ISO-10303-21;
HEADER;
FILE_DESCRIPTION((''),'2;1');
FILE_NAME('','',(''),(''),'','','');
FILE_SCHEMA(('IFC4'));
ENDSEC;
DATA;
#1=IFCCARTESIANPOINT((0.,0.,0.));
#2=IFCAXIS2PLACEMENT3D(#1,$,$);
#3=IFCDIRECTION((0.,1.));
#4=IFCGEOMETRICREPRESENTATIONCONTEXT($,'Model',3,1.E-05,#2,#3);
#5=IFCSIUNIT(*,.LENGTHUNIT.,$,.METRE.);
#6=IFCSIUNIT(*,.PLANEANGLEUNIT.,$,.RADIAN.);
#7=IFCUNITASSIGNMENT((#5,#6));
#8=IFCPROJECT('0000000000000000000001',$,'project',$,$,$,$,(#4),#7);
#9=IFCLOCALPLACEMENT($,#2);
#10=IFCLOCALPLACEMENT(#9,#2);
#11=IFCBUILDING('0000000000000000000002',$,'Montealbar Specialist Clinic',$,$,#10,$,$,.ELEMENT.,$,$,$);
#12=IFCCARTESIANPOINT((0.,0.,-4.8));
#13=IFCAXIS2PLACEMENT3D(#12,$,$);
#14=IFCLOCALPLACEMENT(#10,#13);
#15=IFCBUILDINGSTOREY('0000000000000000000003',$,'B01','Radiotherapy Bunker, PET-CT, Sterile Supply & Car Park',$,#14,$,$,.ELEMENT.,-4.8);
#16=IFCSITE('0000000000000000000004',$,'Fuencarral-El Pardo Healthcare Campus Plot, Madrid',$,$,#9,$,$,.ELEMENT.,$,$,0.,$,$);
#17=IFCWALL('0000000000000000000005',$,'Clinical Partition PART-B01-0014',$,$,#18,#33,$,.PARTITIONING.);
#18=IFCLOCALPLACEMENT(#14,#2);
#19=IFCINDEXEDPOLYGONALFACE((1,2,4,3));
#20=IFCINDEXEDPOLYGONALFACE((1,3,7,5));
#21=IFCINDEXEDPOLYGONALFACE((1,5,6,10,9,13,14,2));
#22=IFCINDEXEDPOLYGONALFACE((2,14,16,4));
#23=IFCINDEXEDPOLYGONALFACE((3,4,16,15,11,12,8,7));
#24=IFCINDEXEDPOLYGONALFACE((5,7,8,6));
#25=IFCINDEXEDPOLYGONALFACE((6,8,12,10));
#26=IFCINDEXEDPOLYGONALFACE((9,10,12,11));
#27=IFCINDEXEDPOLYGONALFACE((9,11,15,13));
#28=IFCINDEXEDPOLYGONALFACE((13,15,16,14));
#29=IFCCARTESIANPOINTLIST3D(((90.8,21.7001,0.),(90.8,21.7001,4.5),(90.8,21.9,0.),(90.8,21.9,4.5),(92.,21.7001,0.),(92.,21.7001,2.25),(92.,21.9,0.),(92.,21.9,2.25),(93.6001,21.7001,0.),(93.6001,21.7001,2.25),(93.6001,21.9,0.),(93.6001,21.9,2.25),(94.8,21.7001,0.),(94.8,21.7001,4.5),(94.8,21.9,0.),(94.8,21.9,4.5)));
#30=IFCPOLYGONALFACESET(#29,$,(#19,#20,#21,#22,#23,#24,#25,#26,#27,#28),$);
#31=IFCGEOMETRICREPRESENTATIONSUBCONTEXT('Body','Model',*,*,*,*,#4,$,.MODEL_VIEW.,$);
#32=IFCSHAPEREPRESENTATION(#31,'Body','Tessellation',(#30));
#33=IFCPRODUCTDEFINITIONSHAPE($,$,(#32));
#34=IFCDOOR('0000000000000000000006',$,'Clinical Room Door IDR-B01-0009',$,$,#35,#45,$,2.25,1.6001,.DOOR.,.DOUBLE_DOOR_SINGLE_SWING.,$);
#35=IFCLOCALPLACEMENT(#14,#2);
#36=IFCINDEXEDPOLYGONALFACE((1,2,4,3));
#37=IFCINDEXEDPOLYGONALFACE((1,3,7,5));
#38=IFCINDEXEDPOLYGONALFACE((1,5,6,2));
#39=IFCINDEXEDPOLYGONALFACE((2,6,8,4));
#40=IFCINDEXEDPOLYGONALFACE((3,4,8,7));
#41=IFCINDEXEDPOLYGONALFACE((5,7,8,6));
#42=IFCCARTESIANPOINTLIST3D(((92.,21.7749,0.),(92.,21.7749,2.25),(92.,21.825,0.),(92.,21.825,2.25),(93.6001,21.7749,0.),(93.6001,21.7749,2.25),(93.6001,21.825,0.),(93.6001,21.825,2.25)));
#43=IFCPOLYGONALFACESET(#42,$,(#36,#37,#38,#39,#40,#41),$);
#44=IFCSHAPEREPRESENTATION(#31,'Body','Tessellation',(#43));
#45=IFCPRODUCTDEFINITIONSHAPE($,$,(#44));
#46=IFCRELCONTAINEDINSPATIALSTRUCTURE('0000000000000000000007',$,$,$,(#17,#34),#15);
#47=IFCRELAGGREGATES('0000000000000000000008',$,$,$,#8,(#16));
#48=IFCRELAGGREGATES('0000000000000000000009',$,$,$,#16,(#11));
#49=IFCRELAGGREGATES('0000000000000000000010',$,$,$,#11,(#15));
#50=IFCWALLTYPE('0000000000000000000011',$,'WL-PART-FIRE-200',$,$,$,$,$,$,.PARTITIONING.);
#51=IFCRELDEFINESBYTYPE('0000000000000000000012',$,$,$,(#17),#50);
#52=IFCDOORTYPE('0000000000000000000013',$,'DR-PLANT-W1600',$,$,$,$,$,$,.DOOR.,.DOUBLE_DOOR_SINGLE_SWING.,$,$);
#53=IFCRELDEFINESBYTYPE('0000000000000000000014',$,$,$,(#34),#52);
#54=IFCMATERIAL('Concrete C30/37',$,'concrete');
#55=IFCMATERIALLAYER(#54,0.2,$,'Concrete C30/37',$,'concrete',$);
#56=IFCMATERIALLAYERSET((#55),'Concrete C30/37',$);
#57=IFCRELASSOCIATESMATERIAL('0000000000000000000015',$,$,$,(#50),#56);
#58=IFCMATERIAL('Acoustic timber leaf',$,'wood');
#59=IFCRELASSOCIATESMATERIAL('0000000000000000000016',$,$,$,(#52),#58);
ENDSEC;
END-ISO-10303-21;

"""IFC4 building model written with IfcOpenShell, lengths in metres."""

from ifc_helpers import new_model, si_unit, direction, frame, frame_2d, origin, place, context, subcontext, project, spatial, rectangle, extrude, material, layer, layer_set, type_object, element, fill, save


model = new_model("IFC4")

# Units and contexts
model_context = context("Model", 3, precision=1e-05, world=origin(), true_north=direction((0.0, 1.0)))
body_context = subcontext(model_context, "Body", "Model", "MODEL_VIEW")
ifc_project = project(units=[si_unit("LENGTHUNIT", "METRE"), si_unit("PLANEANGLEUNIT", "RADIAN")], contexts=[model_context])

# Site, building, storey
site_placement = place(None, origin())
site = spatial("IfcSite", under=ifc_project, at=site_placement, Name="Fuencarral-El Pardo Healthcare Campus Plot, Madrid", CompositionType="ELEMENT", RefElevation=0.0)
building_placement = place(site_placement, origin())
building = spatial("IfcBuilding", under=site, at=building_placement, Name="Montealbar Specialist Clinic", CompositionType="ELEMENT")
storey_placement = place(building_placement, frame((0.0, 0.0, -4.8)))
storey = spatial("IfcBuildingStorey", under=building, at=storey_placement, Name="B01", Description="Radiotherapy Bunker, PET-CT, Sterile Supply & Car Park", CompositionType="ELEMENT", Elevation=-4.8)

# Wall, opening, door
ifc_material_1 = material(Name="Concrete C30/37", Category="concrete")
ifc_layer_1 = layer(ifc_material_1, 0.2, Name="Concrete C30/37", Category="concrete")
ifc_layer_set_1 = layer_set([ifc_layer_1], Name="Concrete C30/37")
wall_type_1 = type_object("IfcWallType", Name="WL-PART-FIRE-200", PredefinedType="PARTITIONING", material=ifc_layer_set_1)
wall_1_placement = place(storey_placement, frame((90.8, 21.8, 0.0), z_axis=(0.0, 0.0, 1.0), x_axis=(1.0, 0.0, 0.0)))
wall_1 = element("IfcWall", 1, at=wall_1_placement, inside=storey, type_object=wall_type_1, Name="Clinical Partition PART-B01-0014", PredefinedType="PARTITIONING", context=body_context, shape_type="SweptSolid", body=[
    extrude(rectangle(XDim=4.0, YDim=0.2, at=frame_2d((2.0, 0.0))), origin(), (0.0, 0.0, 1.0), 4.5),
])
opening_1_placement = place(wall_1_placement, frame((1.2, 0.0, 0.0)))
opening_1 = element("IfcOpeningElement", 2, at=opening_1_placement, cuts=wall_1, PredefinedType="OPENING", context=body_context, shape_type="SweptSolid", body=[
    extrude(rectangle(XDim=1.6001, YDim=2.25, at=frame_2d((0.8, 1.125))), frame((0.0, 0.1099, 0.0), z_axis=(0.0, -1.0, 0.0), x_axis=(1.0, 0.0, 0.0)), (0.0, 0.0, 1.0), 0.22),
])
ifc_material_2 = material(Name="Acoustic timber leaf", Category="wood")
door_type_1 = type_object("IfcDoorType", Name="DR-PLANT-W1600", OperationType="DOUBLE_DOOR_SINGLE_SWING", PredefinedType="DOOR", material=ifc_material_2)
door_1_placement = place(opening_1_placement, origin())
door_1 = element("IfcDoor", 3, at=door_1_placement, inside=storey, type_object=door_type_1, Name="Clinical Room Door IDR-B01-0009", OperationType="DOUBLE_DOOR_SINGLE_SWING", OverallHeight=2.25, OverallWidth=1.6001, PredefinedType="DOOR", context=body_context, shape_type="SweptSolid", body=[
    extrude(rectangle(XDim=1.6001, YDim=2.25, at=frame_2d((0.8, 1.125))), frame((0.0, 0.0249, 0.0), z_axis=(0.0, -1.0, 0.0), x_axis=(1.0, 0.0, 0.0)), (0.0, 0.0, 1.0), 0.05),
])
fill(opening_1, door_1)

save(model, "model.ifc")
